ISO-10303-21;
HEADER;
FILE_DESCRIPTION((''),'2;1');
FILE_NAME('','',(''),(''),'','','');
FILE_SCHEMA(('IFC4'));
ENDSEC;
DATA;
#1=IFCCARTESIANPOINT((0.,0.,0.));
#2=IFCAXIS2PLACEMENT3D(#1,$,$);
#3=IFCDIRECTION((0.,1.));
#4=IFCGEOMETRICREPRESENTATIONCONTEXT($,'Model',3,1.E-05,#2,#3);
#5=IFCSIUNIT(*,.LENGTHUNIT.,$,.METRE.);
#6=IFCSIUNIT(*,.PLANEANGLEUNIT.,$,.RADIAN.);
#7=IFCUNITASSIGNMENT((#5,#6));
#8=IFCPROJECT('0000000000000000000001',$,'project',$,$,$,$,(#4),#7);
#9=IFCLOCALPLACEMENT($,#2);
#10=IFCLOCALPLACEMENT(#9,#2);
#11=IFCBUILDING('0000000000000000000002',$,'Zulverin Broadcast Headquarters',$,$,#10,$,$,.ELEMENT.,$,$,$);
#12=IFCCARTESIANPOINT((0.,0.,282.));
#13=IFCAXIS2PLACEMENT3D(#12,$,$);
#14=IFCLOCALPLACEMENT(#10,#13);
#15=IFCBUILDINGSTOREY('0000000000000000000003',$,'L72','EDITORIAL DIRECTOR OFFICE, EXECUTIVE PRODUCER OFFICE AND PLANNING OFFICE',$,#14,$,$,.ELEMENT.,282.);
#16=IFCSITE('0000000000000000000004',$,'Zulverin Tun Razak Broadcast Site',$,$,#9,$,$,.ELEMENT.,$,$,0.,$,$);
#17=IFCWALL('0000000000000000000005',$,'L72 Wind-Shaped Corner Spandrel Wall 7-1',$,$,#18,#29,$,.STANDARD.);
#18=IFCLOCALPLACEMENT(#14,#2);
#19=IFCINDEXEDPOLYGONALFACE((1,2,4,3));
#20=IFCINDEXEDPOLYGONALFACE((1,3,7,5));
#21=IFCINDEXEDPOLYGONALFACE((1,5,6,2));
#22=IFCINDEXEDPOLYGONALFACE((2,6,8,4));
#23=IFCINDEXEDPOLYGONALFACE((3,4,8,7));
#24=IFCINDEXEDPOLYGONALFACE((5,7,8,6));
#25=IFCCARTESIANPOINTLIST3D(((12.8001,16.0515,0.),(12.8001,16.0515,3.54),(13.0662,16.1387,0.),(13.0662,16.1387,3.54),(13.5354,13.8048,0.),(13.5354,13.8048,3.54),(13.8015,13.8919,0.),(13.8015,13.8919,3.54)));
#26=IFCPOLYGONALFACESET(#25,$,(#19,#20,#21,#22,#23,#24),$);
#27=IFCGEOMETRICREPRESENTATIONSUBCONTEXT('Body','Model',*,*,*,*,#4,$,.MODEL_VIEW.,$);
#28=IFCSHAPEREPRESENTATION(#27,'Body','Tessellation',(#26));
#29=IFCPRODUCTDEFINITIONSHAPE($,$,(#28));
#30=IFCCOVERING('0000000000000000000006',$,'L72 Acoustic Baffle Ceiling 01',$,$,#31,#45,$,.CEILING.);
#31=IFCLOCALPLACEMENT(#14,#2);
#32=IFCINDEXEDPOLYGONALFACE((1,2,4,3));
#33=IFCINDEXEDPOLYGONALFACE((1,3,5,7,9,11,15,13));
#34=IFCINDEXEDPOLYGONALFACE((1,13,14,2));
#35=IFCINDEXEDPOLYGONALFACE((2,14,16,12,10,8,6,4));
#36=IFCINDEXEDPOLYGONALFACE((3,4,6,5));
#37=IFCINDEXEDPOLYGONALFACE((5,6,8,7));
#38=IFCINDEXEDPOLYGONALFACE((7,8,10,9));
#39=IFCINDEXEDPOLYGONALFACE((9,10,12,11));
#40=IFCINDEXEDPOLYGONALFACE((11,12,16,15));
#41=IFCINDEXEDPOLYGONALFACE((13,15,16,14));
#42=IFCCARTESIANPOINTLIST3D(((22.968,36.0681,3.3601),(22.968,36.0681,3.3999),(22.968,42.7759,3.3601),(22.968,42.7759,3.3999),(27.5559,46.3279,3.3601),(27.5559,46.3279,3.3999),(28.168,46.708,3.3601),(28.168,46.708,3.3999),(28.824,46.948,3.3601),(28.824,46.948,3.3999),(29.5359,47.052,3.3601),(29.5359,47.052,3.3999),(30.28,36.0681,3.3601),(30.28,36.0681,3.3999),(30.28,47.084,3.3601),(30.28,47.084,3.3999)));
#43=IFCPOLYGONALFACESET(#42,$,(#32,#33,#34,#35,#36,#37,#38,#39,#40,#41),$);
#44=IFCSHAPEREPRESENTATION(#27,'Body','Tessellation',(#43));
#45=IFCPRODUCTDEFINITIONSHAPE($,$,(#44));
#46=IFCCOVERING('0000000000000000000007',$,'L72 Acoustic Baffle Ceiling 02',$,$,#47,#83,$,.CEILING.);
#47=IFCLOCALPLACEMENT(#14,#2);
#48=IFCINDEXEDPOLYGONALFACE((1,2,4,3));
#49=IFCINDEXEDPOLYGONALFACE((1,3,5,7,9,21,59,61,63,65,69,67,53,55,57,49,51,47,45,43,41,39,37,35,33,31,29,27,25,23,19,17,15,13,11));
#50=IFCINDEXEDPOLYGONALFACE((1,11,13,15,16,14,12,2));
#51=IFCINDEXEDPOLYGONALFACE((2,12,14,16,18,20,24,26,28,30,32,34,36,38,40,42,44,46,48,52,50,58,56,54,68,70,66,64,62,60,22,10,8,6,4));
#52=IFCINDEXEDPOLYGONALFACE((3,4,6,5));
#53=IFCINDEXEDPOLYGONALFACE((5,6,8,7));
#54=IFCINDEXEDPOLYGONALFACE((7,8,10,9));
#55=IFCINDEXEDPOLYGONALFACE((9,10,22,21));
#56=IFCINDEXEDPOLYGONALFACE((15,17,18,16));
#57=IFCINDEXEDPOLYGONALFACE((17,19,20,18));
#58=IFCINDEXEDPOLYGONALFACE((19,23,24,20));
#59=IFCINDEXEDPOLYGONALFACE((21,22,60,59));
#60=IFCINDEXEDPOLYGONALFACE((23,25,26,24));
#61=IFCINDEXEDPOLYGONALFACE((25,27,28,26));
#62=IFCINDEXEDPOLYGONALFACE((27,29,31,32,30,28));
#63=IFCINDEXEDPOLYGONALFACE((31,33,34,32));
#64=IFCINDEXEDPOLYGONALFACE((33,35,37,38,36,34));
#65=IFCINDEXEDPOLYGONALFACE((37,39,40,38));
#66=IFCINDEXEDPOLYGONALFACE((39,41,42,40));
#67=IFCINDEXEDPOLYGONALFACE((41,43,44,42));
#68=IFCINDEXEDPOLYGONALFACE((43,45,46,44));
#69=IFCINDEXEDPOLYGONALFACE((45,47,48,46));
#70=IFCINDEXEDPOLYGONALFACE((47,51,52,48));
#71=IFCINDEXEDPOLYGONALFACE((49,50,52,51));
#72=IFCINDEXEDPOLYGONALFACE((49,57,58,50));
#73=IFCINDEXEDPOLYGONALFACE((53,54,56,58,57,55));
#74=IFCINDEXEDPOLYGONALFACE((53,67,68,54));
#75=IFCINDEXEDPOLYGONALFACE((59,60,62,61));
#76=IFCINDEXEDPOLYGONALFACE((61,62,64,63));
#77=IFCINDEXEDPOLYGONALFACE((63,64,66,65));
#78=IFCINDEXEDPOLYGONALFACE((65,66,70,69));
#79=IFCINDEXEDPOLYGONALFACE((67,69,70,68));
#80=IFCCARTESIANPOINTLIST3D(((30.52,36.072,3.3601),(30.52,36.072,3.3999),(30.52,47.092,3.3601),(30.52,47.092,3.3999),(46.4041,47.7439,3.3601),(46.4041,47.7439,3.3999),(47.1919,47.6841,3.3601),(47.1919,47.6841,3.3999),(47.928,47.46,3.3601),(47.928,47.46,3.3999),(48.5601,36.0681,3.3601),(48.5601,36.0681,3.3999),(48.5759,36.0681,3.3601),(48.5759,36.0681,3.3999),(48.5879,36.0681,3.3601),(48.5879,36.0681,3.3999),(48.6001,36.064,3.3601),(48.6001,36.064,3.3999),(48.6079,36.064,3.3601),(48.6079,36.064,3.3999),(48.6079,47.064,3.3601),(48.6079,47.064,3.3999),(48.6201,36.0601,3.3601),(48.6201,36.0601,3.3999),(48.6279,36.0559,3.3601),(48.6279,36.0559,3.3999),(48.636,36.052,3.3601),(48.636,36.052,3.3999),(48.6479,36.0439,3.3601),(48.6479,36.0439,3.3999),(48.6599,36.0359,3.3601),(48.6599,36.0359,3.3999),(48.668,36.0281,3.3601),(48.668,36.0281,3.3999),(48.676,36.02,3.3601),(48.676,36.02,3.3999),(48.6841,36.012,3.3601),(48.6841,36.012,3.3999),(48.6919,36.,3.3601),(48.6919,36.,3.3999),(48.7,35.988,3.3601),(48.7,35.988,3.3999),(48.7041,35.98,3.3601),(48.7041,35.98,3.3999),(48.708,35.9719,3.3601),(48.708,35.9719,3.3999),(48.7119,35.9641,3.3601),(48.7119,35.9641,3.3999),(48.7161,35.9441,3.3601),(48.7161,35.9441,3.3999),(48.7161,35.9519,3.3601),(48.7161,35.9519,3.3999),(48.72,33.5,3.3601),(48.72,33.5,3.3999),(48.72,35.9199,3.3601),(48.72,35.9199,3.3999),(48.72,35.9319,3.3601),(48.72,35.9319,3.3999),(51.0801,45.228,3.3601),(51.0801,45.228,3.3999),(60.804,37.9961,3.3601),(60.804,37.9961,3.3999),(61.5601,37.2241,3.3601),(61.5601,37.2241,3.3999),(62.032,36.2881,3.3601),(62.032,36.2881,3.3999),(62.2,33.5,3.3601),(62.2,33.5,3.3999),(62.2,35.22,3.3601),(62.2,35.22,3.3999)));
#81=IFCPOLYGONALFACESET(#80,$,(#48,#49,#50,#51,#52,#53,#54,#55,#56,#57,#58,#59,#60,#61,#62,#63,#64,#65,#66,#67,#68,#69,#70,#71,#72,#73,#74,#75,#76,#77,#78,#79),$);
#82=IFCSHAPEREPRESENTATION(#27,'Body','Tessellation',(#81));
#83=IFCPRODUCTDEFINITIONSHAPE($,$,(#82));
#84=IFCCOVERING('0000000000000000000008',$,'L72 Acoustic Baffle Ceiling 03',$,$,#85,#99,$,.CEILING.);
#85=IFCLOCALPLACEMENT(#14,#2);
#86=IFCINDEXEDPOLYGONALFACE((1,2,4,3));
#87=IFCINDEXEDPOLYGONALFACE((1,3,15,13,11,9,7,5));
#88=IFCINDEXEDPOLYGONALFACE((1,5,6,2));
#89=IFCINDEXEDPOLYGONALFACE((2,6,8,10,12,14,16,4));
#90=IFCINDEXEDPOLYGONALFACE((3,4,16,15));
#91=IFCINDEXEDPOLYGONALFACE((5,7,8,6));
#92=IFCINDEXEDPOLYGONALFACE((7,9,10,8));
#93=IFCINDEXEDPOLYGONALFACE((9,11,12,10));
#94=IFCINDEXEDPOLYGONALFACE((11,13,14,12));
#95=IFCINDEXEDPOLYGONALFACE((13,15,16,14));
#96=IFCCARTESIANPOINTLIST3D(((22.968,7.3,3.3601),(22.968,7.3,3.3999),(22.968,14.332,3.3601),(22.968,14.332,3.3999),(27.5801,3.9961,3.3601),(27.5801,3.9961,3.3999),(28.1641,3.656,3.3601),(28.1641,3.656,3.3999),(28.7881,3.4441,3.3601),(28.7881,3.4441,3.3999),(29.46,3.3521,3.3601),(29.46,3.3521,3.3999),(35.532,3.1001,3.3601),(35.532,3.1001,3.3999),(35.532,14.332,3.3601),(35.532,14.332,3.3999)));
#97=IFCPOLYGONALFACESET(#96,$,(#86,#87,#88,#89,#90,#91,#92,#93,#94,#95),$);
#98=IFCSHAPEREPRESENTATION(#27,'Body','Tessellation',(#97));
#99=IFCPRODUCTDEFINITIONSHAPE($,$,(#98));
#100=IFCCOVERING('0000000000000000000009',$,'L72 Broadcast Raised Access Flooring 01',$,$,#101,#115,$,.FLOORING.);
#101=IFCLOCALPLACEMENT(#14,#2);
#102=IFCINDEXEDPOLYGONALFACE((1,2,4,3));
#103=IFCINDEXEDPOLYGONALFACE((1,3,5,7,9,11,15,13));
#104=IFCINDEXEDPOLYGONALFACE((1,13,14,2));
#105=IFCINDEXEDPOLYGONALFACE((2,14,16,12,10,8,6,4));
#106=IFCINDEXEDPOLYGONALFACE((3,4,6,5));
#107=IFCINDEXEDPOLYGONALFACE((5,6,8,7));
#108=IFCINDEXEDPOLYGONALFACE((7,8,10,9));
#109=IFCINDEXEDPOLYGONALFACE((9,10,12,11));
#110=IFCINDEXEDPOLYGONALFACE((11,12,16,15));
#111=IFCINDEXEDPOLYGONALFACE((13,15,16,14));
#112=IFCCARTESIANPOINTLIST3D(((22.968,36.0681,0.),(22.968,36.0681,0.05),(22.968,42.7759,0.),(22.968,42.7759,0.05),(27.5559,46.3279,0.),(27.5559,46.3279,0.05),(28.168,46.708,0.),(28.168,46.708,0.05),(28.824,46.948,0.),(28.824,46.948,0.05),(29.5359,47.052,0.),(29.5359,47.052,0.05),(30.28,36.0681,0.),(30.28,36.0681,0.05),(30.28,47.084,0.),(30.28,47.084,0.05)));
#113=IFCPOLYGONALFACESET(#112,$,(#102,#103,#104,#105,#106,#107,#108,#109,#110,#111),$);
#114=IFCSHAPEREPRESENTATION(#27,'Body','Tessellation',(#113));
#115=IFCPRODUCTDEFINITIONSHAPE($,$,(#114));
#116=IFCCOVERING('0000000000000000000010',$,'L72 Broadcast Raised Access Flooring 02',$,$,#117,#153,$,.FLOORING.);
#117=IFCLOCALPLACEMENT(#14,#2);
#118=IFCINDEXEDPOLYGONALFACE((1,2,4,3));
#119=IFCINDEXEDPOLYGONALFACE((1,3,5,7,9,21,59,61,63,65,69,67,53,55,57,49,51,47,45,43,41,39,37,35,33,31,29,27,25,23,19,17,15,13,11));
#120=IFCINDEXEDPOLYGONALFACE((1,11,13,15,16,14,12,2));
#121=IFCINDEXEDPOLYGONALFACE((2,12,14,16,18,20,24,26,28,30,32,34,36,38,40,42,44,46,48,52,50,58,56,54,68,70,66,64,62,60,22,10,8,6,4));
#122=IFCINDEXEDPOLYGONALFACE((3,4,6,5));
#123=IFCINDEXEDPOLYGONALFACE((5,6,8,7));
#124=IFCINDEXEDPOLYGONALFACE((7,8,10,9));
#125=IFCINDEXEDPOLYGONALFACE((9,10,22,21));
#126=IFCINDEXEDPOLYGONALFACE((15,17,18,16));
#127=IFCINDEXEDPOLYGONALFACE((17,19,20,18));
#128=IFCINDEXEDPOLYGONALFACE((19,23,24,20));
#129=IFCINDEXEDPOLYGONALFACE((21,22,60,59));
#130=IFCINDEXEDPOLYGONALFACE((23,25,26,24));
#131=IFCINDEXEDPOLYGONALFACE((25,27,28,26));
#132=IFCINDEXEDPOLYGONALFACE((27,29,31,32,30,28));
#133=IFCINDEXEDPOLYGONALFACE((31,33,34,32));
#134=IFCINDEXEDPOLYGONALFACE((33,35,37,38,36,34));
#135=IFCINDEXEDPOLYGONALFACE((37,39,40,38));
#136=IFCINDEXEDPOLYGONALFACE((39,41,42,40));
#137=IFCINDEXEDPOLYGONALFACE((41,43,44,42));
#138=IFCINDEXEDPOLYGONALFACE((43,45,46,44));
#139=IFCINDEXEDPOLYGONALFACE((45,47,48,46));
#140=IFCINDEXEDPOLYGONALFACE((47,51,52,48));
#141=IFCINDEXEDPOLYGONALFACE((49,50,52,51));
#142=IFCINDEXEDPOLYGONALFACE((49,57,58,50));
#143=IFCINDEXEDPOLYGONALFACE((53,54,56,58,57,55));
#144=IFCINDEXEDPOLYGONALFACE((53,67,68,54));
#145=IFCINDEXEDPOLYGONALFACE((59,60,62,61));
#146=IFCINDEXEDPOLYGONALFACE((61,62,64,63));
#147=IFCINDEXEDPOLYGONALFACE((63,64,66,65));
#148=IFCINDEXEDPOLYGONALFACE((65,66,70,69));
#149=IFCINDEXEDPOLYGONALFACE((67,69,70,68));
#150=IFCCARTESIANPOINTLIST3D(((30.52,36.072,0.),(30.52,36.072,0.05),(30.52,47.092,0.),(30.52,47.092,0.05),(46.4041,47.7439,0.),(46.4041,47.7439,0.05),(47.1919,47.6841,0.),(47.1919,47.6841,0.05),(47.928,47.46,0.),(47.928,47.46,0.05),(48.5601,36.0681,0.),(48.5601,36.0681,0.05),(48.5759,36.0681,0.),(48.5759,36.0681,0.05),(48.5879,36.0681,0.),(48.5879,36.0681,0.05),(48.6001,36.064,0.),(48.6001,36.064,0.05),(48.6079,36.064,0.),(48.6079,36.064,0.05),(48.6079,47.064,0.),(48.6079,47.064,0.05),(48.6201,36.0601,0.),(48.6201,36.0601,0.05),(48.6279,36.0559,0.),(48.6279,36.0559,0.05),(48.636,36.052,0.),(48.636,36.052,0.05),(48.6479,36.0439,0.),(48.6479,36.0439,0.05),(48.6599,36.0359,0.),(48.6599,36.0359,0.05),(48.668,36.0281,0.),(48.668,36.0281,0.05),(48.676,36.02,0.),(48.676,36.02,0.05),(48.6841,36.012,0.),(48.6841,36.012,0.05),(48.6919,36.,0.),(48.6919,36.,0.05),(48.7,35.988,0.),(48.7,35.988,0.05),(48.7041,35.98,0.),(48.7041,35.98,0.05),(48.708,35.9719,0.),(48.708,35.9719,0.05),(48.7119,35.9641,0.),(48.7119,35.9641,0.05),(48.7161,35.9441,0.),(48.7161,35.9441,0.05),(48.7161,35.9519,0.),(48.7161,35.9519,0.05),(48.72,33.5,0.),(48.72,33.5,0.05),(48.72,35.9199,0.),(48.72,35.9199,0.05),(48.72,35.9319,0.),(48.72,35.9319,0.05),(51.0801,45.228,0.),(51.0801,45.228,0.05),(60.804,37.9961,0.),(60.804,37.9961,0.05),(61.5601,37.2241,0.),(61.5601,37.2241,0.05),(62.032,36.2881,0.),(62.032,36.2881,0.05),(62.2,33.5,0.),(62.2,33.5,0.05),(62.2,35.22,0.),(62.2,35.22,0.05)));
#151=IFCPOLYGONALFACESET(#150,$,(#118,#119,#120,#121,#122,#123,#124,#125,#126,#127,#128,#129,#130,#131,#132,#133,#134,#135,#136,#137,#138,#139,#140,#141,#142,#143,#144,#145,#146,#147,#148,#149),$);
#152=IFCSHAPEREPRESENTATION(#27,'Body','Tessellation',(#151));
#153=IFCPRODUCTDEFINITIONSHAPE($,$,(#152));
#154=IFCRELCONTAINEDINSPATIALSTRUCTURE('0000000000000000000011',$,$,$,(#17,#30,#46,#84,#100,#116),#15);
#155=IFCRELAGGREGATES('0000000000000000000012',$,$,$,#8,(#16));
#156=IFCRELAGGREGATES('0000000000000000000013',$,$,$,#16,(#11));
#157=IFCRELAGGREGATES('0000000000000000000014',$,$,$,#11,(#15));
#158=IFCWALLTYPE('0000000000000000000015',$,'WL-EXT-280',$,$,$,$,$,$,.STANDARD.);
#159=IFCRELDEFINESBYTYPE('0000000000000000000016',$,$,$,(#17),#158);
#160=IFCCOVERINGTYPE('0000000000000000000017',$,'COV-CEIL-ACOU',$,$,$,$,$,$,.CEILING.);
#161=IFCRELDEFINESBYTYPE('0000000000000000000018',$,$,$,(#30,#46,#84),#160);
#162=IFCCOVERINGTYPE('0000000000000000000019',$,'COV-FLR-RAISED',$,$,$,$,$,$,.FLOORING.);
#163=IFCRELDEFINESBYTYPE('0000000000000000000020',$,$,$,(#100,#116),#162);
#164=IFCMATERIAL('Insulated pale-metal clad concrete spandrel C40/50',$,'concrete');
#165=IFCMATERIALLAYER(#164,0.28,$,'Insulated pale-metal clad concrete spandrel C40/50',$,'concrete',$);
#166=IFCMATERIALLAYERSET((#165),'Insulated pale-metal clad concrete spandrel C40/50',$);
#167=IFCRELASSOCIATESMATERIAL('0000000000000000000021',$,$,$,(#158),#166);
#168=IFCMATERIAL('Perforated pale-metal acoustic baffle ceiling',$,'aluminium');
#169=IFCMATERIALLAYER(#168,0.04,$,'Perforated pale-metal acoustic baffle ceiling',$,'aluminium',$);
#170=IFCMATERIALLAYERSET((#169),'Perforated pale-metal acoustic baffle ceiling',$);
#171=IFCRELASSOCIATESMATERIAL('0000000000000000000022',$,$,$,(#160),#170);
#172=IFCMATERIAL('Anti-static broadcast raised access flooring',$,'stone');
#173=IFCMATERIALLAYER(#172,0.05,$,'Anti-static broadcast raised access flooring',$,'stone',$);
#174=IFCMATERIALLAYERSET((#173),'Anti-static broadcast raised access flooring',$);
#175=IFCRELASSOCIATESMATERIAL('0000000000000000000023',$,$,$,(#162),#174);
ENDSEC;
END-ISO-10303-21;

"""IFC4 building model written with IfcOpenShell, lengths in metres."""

from ifc_helpers import new_model, si_unit, direction, frame, frame_2d, origin, place, context, subcontext, project, spatial, polyline, rectangle, outline, extrude, material, layer, layer_set, type_object, element, save


model = new_model("IFC4")

# Units and contexts
model_context = context("Model", 3, precision=1e-05, world=origin(), true_north=direction((0.0, 1.0)))
body_context = subcontext(model_context, "Body", "Model", "MODEL_VIEW")
ifc_project = project(units=[si_unit("LENGTHUNIT", "METRE"), si_unit("PLANEANGLEUNIT", "RADIAN")], contexts=[model_context])

# Site, building, storey
site_placement = place(None, origin())
site = spatial("IfcSite", under=ifc_project, at=site_placement, Name="Zulverin Tun Razak Broadcast Site", CompositionType="ELEMENT", RefElevation=0.0)
building_placement = place(site_placement, origin())
building = spatial("IfcBuilding", under=site, at=building_placement, Name="Zulverin Broadcast Headquarters", CompositionType="ELEMENT")
storey_placement = place(building_placement, frame((0.0, 0.0, 282.0)))
storey = spatial("IfcBuildingStorey", under=building, at=storey_placement, Name="L72", Description="EDITORIAL DIRECTOR OFFICE, EXECUTIVE PRODUCER OFFICE AND PLANNING OFFICE", CompositionType="ELEMENT", Elevation=282.0)

# Wall
ifc_material_1 = material(Name="Insulated pale-metal clad concrete spandrel C40/50", Category="concrete")
ifc_layer_1 = layer(ifc_material_1, 0.28, Name="Insulated pale-metal clad concrete spandrel C40/50", Category="concrete")
ifc_layer_set_1 = layer_set([ifc_layer_1], Name="Insulated pale-metal clad concrete spandrel C40/50")
wall_type_1 = type_object("IfcWallType", Name="WL-EXT-280", PredefinedType="STANDARD", material=ifc_layer_set_1)
wall_1_placement = place(storey_placement, frame((12.9331, 16.0952, 0.0), z_axis=(0.0, 0.0, 1.0), x_axis=(0.311049, -0.950394, 0.0)))
element("IfcWall", 1, at=wall_1_placement, inside=storey, type_object=wall_type_1, Name="L72 Wind-Shaped Corner Spandrel Wall 7-1", PredefinedType="STANDARD", context=body_context, shape_type="SweptSolid", body=[
    extrude(rectangle(XDim=2.364, YDim=0.28, at=frame_2d((1.1821, 0.0))), origin(), (0.0, 0.0, 1.0), 3.54),
])

# Coverings
ifc_material_2 = material(Name="Perforated pale-metal acoustic baffle ceiling", Category="aluminium")
ifc_layer_2 = layer(ifc_material_2, 0.04, Name="Perforated pale-metal acoustic baffle ceiling", Category="aluminium")
ifc_layer_set_2 = layer_set([ifc_layer_2], Name="Perforated pale-metal acoustic baffle ceiling")
covering_type_1 = type_object("IfcCoveringType", Name="COV-CEIL-ACOU", PredefinedType="CEILING", material=ifc_layer_set_2)
covering_1_placement = place(storey_placement, frame((0.0, 0.0, 3.3601)))
element("IfcCovering", 2, at=covering_1_placement, inside=storey, type_object=covering_type_1, Name="L72 Acoustic Baffle Ceiling 01", PredefinedType="CEILING", context=body_context, shape_type="SweptSolid", body=[
    extrude(outline(polyline([(30.28, 36.0681), (30.28, 47.084), (29.5359, 47.052), (28.824, 46.948), (28.168, 46.708), (27.5559, 46.3279), (22.968, 42.7759), (22.968, 36.0681), (30.28, 36.0681)])), origin(), (0.0, 0.0, 1.0), 0.0398),
])
covering_2_placement = place(storey_placement, frame((0.0, 0.0, 3.3601)))
element("IfcCovering", 3, at=covering_2_placement, inside=storey, type_object=covering_type_1, Name="L72 Acoustic Baffle Ceiling 02", PredefinedType="CEILING", context=body_context, shape_type="SweptSolid", body=[
    extrude(outline(polyline([(48.6079, 47.064), (47.928, 47.46), (47.1919, 47.6841), (46.4041, 47.7439), (30.52, 47.092), (30.52, 36.072), (48.5601, 36.0681), (48.5759, 36.0681), (48.5879, 36.0681), (48.6001, 36.064), (48.6079, 36.064), (48.6201, 36.0601), (48.6279, 36.0559), (48.636, 36.052), (48.6479, 36.0439), (48.6599, 36.0359), (48.668, 36.0281), (48.676, 36.02), (48.6841, 36.012), (48.6919, 36.0), (48.7, 35.988), (48.7041, 35.98), (48.708, 35.9719), (48.7119, 35.9641), (48.7161, 35.9519), (48.7161, 35.9441), (48.72, 35.9319), (48.72, 35.9199), (48.72, 33.5), (62.2, 33.5), (62.2, 35.22), (62.032, 36.2881), (61.5601, 37.2241), (60.804, 37.9961), (51.0801, 45.228), (48.6079, 47.064)])), origin(), (0.0, 0.0, 1.0), 0.0398),
])
covering_3_placement = place(storey_placement, frame((0.0, 0.0, 3.3601)))
element("IfcCovering", 4, at=covering_3_placement, inside=storey, type_object=covering_type_1, Name="L72 Acoustic Baffle Ceiling 03", PredefinedType="CEILING", context=body_context, shape_type="SweptSolid", body=[
    extrude(outline(polyline([(28.1641, 3.656), (28.7881, 3.4441), (29.46, 3.3521), (35.532, 3.1001), (35.532, 14.332), (22.968, 14.332), (22.968, 7.3), (27.5801, 3.9961), (28.1641, 3.656)])), origin(), (0.0, 0.0, 1.0), 0.0398),
])
ifc_material_3 = material(Name="Anti-static broadcast raised access flooring", Category="stone")
ifc_layer_3 = layer(ifc_material_3, 0.05, Name="Anti-static broadcast raised access flooring", Category="stone")
ifc_layer_set_3 = layer_set([ifc_layer_3], Name="Anti-static broadcast raised access flooring")
covering_type_2 = type_object("IfcCoveringType", Name="COV-FLR-RAISED", PredefinedType="FLOORING", material=ifc_layer_set_3)
covering_4_placement = place(storey_placement, origin())
element("IfcCovering", 5, at=covering_4_placement, inside=storey, type_object=covering_type_2, Name="L72 Broadcast Raised Access Flooring 01", PredefinedType="FLOORING", context=body_context, shape_type="SweptSolid", body=[
    extrude(outline(polyline([(30.28, 36.0681), (30.28, 47.084), (29.5359, 47.052), (28.824, 46.948), (28.168, 46.708), (27.5559, 46.3279), (22.968, 42.7759), (22.968, 36.0681), (30.28, 36.0681)])), origin(), (0.0, 0.0, 1.0), 0.05),
])
covering_5_placement = place(storey_placement, origin())
element("IfcCovering", 6, at=covering_5_placement, inside=storey, type_object=covering_type_2, Name="L72 Broadcast Raised Access Flooring 02", PredefinedType="FLOORING", context=body_context, shape_type="SweptSolid", body=[
    extrude(outline(polyline([(48.6079, 47.064), (47.928, 47.46), (47.1919, 47.6841), (46.4041, 47.7439), (30.52, 47.092), (30.52, 36.072), (48.5601, 36.0681), (48.5759, 36.0681), (48.5879, 36.0681), (48.6001, 36.064), (48.6079, 36.064), (48.6201, 36.0601), (48.6279, 36.0559), (48.636, 36.052), (48.6479, 36.0439), (48.6599, 36.0359), (48.668, 36.0281), (48.676, 36.02), (48.6841, 36.012), (48.6919, 36.0), (48.7, 35.988), (48.7041, 35.98), (48.708, 35.9719), (48.7119, 35.9641), (48.7161, 35.9519), (48.7161, 35.9441), (48.72, 35.9319), (48.72, 35.9199), (48.72, 33.5), (62.2, 33.5), (62.2, 35.22), (62.032, 36.2881), (61.5601, 37.2241), (60.804, 37.9961), (51.0801, 45.228), (48.6079, 47.064)])), origin(), (0.0, 0.0, 1.0), 0.05),
])

save(model, "model.ifc")
